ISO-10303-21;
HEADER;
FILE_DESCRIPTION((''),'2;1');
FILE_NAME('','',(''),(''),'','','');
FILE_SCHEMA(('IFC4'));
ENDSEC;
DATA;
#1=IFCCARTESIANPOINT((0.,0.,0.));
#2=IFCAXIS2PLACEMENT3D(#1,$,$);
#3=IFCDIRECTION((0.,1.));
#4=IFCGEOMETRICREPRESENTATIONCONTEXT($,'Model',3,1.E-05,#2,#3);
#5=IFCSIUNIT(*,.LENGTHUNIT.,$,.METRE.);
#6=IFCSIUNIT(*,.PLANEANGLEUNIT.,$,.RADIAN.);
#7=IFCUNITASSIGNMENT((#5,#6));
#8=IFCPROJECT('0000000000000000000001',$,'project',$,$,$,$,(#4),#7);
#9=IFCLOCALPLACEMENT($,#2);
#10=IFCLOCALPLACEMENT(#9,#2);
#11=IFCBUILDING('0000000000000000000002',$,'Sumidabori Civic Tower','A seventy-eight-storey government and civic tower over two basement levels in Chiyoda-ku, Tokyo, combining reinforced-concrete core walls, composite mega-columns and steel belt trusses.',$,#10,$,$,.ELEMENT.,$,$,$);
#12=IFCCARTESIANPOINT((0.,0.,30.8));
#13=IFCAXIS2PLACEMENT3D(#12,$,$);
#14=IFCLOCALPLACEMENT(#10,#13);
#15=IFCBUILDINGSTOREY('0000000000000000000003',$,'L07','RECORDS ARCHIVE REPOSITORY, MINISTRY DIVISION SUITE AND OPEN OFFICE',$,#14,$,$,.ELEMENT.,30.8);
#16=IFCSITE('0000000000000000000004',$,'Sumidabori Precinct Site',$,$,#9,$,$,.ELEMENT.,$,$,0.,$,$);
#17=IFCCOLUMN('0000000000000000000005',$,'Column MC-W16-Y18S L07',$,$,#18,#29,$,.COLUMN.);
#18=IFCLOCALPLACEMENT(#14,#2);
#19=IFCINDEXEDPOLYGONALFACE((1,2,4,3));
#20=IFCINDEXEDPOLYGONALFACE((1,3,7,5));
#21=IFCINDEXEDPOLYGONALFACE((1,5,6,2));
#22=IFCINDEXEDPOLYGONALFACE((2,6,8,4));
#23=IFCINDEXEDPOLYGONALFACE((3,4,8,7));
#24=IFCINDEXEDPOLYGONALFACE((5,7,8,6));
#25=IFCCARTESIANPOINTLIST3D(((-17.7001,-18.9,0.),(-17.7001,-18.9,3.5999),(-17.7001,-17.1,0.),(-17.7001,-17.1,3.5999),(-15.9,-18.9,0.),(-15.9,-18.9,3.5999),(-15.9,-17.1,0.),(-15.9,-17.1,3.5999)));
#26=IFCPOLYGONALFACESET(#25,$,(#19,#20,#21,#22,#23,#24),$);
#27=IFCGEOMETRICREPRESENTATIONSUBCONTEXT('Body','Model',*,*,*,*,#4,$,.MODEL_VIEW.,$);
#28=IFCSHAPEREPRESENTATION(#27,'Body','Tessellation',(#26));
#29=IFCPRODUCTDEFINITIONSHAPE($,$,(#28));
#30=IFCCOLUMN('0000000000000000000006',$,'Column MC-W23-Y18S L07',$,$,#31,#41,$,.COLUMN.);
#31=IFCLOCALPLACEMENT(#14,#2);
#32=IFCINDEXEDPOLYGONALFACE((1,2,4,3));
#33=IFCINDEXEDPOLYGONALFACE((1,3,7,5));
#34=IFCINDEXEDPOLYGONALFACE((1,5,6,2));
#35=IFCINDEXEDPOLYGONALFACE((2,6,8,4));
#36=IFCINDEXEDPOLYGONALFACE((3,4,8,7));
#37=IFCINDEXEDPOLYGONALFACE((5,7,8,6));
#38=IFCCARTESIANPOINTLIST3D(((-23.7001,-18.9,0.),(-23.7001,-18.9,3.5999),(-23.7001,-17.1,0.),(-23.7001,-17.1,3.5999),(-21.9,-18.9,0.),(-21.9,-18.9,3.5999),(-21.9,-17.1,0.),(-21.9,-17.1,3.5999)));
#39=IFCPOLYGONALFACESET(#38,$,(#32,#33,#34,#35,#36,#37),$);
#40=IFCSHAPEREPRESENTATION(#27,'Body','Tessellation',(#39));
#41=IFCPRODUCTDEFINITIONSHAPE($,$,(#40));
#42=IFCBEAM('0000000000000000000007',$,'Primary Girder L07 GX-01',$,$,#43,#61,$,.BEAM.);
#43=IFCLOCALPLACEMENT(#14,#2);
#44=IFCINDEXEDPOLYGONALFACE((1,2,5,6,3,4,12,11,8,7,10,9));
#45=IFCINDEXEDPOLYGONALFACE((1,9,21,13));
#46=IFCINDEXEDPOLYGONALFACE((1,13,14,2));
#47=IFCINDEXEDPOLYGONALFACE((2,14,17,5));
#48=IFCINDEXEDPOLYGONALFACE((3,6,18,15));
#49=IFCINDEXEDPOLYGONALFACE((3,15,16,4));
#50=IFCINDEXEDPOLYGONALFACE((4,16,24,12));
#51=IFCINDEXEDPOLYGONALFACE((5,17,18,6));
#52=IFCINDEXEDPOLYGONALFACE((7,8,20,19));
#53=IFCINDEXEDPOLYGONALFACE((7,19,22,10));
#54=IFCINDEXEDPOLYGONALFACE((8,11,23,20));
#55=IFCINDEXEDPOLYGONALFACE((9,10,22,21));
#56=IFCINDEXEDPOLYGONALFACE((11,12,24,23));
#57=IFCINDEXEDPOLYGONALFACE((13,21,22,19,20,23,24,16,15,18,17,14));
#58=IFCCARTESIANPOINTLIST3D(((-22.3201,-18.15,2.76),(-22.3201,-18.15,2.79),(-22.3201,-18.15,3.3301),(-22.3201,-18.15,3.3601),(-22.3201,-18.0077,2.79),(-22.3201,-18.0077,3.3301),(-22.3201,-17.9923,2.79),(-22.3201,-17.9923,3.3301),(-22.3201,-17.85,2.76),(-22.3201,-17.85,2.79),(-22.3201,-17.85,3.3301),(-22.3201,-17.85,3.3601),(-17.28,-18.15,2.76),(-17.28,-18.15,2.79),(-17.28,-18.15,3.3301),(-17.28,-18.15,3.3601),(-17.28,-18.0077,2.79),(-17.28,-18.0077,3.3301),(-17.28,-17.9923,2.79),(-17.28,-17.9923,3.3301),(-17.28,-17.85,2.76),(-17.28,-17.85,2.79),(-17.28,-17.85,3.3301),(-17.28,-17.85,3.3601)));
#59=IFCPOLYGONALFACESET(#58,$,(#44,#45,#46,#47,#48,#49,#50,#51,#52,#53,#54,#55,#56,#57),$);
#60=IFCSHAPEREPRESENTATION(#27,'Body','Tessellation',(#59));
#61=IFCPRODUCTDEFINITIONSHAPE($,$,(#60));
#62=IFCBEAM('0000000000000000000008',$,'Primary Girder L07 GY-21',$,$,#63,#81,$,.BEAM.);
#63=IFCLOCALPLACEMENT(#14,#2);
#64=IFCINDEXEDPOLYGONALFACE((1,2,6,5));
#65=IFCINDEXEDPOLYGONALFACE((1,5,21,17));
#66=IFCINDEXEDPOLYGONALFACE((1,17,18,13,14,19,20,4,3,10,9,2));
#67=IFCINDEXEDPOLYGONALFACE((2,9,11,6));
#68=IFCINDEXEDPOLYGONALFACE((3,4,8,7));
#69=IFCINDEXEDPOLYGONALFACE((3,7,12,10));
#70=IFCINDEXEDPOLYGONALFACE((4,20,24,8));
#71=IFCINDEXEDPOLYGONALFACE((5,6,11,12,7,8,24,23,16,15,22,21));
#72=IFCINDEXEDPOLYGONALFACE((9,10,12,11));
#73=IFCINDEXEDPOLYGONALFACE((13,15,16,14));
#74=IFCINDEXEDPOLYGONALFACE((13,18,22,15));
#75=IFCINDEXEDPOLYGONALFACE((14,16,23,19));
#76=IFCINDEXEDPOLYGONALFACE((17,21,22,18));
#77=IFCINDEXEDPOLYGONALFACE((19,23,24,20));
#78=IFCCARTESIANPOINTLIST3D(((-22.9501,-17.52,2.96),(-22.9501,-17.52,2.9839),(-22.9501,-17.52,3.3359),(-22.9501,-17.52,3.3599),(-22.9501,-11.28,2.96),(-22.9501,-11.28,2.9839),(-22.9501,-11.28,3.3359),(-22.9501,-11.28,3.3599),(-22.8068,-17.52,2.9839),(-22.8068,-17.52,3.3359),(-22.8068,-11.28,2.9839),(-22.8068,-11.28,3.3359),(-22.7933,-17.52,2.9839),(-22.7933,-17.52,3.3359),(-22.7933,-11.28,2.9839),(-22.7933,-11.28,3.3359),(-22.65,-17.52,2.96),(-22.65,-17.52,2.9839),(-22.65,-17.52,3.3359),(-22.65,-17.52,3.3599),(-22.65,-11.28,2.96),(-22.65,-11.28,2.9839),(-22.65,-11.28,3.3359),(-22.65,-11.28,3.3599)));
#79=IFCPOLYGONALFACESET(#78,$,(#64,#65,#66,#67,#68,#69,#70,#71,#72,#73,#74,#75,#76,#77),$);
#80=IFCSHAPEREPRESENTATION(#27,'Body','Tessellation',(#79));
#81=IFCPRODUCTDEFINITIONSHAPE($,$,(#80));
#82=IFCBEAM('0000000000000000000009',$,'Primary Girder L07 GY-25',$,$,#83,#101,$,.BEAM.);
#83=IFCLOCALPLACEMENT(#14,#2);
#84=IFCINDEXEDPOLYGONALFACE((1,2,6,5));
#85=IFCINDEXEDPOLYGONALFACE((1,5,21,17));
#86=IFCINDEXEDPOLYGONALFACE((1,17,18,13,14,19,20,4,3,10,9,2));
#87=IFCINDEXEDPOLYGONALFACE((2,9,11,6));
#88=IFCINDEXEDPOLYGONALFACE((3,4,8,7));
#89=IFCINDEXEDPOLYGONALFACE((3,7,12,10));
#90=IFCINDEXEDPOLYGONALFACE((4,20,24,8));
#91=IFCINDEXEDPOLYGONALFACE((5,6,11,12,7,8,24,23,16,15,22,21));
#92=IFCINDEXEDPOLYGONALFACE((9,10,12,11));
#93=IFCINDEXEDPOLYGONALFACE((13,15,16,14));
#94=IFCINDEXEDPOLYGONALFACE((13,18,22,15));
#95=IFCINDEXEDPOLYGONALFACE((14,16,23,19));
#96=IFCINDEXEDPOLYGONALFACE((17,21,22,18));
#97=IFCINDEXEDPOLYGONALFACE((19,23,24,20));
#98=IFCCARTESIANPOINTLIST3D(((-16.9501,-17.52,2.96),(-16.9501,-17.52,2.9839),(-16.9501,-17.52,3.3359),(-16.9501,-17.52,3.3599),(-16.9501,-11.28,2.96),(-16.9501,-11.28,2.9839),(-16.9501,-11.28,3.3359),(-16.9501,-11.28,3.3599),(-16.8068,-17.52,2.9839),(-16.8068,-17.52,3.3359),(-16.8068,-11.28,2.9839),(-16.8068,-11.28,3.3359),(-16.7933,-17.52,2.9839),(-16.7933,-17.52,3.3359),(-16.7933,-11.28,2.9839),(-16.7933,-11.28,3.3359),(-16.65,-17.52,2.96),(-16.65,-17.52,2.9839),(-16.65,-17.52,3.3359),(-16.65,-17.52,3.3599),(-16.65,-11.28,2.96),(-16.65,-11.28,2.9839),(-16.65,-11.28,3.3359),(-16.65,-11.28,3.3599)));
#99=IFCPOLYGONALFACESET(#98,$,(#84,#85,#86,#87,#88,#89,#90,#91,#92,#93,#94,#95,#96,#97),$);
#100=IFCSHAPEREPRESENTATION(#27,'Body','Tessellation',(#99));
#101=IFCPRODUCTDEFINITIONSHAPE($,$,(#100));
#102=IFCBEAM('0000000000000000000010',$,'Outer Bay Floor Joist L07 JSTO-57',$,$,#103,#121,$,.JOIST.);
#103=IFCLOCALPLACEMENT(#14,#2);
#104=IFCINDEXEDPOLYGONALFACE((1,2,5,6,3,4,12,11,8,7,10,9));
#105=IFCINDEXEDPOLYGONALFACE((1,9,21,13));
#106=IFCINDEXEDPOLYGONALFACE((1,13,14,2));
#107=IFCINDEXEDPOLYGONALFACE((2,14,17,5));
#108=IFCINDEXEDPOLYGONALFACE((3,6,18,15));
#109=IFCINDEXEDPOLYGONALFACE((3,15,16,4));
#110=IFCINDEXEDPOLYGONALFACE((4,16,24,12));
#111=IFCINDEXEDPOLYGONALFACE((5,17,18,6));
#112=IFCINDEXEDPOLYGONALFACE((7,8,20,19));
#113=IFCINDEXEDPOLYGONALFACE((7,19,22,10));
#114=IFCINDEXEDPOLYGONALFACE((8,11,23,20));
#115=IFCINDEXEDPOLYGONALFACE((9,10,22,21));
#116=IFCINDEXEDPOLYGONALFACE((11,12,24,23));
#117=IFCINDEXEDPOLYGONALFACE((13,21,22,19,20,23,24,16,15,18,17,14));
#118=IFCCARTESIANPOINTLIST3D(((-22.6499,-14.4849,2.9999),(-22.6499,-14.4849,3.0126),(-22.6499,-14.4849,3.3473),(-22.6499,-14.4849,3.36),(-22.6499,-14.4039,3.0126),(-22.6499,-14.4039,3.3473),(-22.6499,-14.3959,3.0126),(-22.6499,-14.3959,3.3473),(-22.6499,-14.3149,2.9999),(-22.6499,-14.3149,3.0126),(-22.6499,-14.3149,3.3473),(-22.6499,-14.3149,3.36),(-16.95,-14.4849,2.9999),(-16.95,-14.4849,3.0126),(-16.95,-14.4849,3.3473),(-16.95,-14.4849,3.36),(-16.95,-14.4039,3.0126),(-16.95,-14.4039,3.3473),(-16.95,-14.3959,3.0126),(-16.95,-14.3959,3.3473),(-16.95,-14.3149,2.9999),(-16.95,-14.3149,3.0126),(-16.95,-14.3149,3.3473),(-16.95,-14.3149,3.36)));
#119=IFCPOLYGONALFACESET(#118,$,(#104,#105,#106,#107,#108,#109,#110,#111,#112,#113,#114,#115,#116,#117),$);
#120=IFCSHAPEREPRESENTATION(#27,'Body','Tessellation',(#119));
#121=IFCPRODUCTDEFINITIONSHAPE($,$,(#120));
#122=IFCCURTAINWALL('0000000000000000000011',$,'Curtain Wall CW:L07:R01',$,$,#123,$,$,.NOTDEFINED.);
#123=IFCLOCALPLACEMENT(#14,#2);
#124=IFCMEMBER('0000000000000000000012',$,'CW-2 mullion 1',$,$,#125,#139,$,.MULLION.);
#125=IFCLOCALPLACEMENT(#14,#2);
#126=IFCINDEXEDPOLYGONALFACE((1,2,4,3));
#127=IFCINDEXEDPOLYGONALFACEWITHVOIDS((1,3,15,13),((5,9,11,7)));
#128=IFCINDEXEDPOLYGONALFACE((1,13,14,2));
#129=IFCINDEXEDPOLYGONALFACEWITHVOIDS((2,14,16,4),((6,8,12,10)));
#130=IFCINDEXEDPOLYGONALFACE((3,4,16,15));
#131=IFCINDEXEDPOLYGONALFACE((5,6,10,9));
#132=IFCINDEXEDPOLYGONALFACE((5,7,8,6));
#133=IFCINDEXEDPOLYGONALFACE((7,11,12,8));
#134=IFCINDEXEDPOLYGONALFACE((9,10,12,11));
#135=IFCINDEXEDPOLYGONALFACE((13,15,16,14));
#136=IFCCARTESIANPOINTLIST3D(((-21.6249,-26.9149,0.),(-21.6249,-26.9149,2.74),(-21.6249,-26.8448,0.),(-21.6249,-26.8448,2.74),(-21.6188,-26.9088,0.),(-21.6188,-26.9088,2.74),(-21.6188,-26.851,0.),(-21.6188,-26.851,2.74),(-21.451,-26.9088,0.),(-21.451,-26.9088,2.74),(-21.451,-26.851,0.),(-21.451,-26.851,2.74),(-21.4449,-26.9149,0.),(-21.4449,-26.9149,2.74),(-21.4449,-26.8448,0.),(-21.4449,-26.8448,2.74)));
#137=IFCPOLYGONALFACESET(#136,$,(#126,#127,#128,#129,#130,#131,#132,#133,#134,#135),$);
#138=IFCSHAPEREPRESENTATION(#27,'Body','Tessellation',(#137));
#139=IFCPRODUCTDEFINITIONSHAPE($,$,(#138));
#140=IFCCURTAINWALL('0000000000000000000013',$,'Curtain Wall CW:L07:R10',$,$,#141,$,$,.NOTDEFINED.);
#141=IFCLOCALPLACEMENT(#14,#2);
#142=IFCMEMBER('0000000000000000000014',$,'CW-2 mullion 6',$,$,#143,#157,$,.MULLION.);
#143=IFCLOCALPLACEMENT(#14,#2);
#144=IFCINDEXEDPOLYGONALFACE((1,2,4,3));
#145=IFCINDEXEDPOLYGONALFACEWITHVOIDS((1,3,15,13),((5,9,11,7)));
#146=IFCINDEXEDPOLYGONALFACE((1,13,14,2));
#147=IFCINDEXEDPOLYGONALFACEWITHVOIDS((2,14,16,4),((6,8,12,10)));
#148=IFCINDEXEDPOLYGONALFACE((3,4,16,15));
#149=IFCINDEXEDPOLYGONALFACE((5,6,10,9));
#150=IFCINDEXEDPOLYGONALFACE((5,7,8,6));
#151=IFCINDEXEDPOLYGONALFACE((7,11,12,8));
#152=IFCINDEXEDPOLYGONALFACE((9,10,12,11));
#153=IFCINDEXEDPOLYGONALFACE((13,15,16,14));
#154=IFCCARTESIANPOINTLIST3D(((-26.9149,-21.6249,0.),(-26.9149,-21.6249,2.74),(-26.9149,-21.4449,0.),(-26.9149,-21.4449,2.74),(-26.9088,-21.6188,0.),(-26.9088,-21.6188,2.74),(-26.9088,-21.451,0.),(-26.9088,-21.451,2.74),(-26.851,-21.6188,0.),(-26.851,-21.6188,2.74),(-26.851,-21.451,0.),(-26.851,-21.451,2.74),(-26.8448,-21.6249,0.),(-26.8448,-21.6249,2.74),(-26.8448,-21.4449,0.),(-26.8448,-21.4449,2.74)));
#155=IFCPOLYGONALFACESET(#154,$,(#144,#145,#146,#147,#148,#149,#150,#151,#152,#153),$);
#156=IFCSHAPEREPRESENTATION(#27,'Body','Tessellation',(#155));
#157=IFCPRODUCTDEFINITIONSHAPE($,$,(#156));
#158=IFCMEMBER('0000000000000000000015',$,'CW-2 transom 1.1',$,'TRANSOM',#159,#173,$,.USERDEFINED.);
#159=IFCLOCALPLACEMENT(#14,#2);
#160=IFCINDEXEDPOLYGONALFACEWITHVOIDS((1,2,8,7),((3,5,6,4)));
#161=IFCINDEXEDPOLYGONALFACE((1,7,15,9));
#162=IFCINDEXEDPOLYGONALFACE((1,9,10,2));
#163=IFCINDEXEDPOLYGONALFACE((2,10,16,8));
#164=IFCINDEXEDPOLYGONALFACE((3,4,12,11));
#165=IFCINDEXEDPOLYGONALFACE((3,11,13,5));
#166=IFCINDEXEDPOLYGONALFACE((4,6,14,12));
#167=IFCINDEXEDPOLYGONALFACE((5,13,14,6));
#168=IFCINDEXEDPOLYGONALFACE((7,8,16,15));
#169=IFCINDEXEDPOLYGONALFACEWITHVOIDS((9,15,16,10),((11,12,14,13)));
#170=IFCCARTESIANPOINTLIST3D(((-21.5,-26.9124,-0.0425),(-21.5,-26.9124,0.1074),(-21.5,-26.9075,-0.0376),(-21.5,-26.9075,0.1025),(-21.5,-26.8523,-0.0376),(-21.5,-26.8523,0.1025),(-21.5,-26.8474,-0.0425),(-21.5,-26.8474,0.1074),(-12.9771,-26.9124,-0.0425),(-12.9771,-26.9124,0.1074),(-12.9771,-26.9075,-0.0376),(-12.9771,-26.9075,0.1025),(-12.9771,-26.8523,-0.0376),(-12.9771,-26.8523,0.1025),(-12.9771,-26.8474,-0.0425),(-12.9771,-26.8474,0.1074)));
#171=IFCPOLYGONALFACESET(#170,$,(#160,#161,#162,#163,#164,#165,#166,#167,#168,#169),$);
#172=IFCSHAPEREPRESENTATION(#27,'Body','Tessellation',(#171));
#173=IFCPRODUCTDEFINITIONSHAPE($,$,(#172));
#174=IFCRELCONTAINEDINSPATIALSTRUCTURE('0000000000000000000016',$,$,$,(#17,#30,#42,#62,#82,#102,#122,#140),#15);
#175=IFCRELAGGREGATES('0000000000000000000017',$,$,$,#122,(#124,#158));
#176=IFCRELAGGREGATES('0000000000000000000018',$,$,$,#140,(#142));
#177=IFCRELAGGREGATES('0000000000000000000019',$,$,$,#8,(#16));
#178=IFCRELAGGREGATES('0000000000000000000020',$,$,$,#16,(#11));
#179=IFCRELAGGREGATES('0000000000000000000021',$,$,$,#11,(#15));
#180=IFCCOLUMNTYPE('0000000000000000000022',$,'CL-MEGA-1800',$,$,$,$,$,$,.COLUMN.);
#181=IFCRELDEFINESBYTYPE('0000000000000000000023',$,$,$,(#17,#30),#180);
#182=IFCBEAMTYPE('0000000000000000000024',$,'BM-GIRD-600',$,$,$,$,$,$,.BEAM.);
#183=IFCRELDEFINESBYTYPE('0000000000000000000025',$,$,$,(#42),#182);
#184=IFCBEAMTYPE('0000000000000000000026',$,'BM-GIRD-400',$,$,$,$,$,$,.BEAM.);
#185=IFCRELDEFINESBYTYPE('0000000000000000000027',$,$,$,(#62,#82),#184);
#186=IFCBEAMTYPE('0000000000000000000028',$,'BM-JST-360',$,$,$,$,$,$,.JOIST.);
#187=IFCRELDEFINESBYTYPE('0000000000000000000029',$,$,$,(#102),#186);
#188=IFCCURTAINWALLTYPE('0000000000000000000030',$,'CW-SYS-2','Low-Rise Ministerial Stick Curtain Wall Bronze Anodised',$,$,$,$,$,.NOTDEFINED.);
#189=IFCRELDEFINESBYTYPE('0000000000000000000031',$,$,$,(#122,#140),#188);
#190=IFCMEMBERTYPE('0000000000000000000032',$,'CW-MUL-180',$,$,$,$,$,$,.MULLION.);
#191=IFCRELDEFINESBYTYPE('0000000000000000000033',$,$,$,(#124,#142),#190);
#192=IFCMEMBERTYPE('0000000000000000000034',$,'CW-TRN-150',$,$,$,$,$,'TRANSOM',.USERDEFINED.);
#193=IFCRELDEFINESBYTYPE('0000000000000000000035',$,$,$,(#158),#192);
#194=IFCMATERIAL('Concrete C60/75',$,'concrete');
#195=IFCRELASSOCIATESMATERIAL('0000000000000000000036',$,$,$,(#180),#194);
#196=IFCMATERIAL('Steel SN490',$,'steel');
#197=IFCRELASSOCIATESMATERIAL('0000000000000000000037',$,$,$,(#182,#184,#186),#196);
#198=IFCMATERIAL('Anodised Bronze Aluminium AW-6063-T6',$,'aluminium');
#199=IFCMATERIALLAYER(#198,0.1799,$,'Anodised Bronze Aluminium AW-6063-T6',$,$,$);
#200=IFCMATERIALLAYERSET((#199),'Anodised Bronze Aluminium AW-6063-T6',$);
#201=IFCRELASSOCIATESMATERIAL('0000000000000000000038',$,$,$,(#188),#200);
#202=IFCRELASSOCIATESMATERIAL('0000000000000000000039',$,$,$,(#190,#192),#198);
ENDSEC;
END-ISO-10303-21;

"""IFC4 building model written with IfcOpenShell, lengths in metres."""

from ifc_helpers import new_model, si_unit, direction, frame, origin, origin_2d, place, context, subcontext, project, spatial, rectangle, hollow_rectangle, i_section, extrude, source, transform, mapped, material, layer, layer_set, material_profile, profile_set, type_object, element, aggregate, save


model = new_model("IFC4")

# Units and contexts
model_context = context("Model", 3, precision=1e-05, world=origin(), true_north=direction((0.0, 1.0)))
body_context = subcontext(model_context, "Body", "Model", "MODEL_VIEW")
ifc_project = project(units=[si_unit("LENGTHUNIT", "METRE"), si_unit("PLANEANGLEUNIT", "RADIAN")], contexts=[model_context])

# Site, building, storey
site_placement = place(None, origin())
site = spatial("IfcSite", under=ifc_project, at=site_placement, Name="Sumidabori Precinct Site", CompositionType="ELEMENT", RefElevation=0.0)
building_placement = place(site_placement, origin())
building = spatial("IfcBuilding", under=site, at=building_placement, Name="Sumidabori Civic Tower", Description="A seventy-eight-storey government and civic tower over two basement levels in Chiyoda-ku, Tokyo, combining reinforced-concrete core walls, composite mega-columns and steel belt trusses.", CompositionType="ELEMENT")
storey_placement = place(building_placement, frame((0.0, 0.0, 30.8)))
storey = spatial("IfcBuildingStorey", under=building, at=storey_placement, Name="L07", Description="RECORDS ARCHIVE REPOSITORY, MINISTRY DIVISION SUITE AND OPEN OFFICE", CompositionType="ELEMENT", Elevation=30.8)

# Columns
ifc_material_1 = material(Name="Concrete C60/75", Category="concrete")
ifc_material_profile_1 = material_profile(ifc_material_1, rectangle(XDim=1.8, YDim=1.8, at=origin_2d()), Name="RC 1800x1800")
ifc_profile_set_1 = profile_set([ifc_material_profile_1], Name="Concrete C60/75")
column_type = type_object("IfcColumnType", Name="CL-MEGA-1800", PredefinedType="COLUMN", material=ifc_profile_set_1)
shared_shape_1 = source(origin(), body_context, "Body", "SweptSolid", [
    extrude(rectangle(XDim=1.8, YDim=1.8, at=origin_2d()), origin(), (0.0, 0.0, 1.0), 3.5999),
])
for number, where, z_axis, x_axis, name in (
    (1, (-16.8, -18.0, 0.0), (0.0, 0.0, 1.0), (1.0, 0.0, 0.0), "Column MC-W16-Y18S L07"),
    (2, (-22.8, -18.0, 0.0), (0.0, 0.0, 1.0), (1.0, 0.0, 0.0), "Column MC-W23-Y18S L07"),
):
    element("IfcColumn", number, at=place(storey_placement, frame(where, z_axis=z_axis, x_axis=x_axis)), inside=storey, type_object=column_type, Name=name, PredefinedType="COLUMN", context=body_context, shape_type="MappedRepresentation", body=[
        mapped(shared_shape_1, transform((0.0, 0.0, 0.0), x_axis=(1.0, 0.0, 0.0), y_axis=(0.0, 1.0, 0.0), z_axis=(0.0, 0.0, 1.0), scale=1.0)),
    ])

# Beams
ifc_material_2 = material(Name="Steel SN490", Category="steel")
ifc_material_profile_2 = material_profile(ifc_material_2, i_section(OverallWidth=0.3, OverallDepth=0.6001, WebThickness=0.0154, FlangeThickness=0.03, at=origin_2d()), Name="HE 600 B")
ifc_profile_set_2 = profile_set([ifc_material_profile_2], Name="Steel SN490")
beam_type_1 = type_object("IfcBeamType", Name="BM-GIRD-600", PredefinedType="BEAM", material=ifc_profile_set_2)
shared_shape_2 = source(origin(), body_context, "Body", "SweptSolid", [
    extrude(i_section(OverallWidth=0.3, OverallDepth=0.6001, WebThickness=0.0154, FlangeThickness=0.03, at=origin_2d()), origin(), (0.0, 0.0, 1.0), 5.04),
])
beam_1_placement = place(storey_placement, frame((-22.3201, -18.0, 3.0601), z_axis=(1.0, 0.0, 0.0), x_axis=(0.0, 1.0, 0.0)))
element("IfcBeam", 3, at=beam_1_placement, inside=storey, type_object=beam_type_1, Name="Primary Girder L07 GX-01", PredefinedType="BEAM", context=body_context, shape_type="MappedRepresentation", body=[
    mapped(shared_shape_2, transform((0.0, 0.0, 0.0), x_axis=(1.0, 0.0, 0.0), y_axis=(0.0, 1.0, 0.0), z_axis=(0.0, 0.0, 1.0), scale=1.0)),
])
ifc_material_profile_3 = material_profile(ifc_material_2, i_section(OverallWidth=0.3, OverallDepth=0.3999, WebThickness=0.0134, FlangeThickness=0.0239, at=origin_2d()), Name="HE 400 B")
ifc_profile_set_3 = profile_set([ifc_material_profile_3], Name="Steel SN490")
beam_type_2 = type_object("IfcBeamType", Name="BM-GIRD-400", PredefinedType="BEAM", material=ifc_profile_set_3)
shared_shape_3 = source(origin(), body_context, "Body", "SweptSolid", [
    extrude(i_section(OverallWidth=0.3, OverallDepth=0.3999, WebThickness=0.0134, FlangeThickness=0.0239, at=origin_2d()), origin(), (0.0, 0.0, 1.0), 6.24),
])
for number, where, z_axis, x_axis, name in (
    (4, (-22.8, -17.52, 3.1599), (0.0, 1.0, 0.0), (-1.0, 0.0, 0.0), "Primary Girder L07 GY-21"),
    (5, (-16.8, -17.52, 3.1599), (0.0, 1.0, 0.0), (-1.0, 0.0, 0.0), "Primary Girder L07 GY-25"),
):
    element("IfcBeam", number, at=place(storey_placement, frame(where, z_axis=z_axis, x_axis=x_axis)), inside=storey, type_object=beam_type_2, Name=name, PredefinedType="BEAM", context=body_context, shape_type="MappedRepresentation", body=[
        mapped(shared_shape_3, transform((0.0, 0.0, 0.0), x_axis=(1.0, 0.0, 0.0), y_axis=(0.0, 1.0, 0.0), z_axis=(0.0, 0.0, 1.0), scale=1.0)),
    ])
ifc_material_profile_4 = material_profile(ifc_material_2, i_section(OverallWidth=0.1699, OverallDepth=0.3601, WebThickness=0.0081, FlangeThickness=0.0127, at=origin_2d()), Name="IPE 360")
ifc_profile_set_4 = profile_set([ifc_material_profile_4], Name="Steel SN490")
beam_type_3 = type_object("IfcBeamType", Name="BM-JST-360", PredefinedType="JOIST", material=ifc_profile_set_4)
shared_shape_4 = source(origin(), body_context, "Body", "SweptSolid", [
    extrude(i_section(OverallWidth=0.1699, OverallDepth=0.3601, WebThickness=0.0081, FlangeThickness=0.0127, at=origin_2d()), origin(), (0.0, 0.0, 1.0), 5.7),
])
beam_2_placement = place(storey_placement, frame((-22.6499, -14.3999, 3.1799), z_axis=(1.0, 0.0, 0.0), x_axis=(0.0, 1.0, 0.0)))
element("IfcBeam", 6, at=beam_2_placement, inside=storey, type_object=beam_type_3, Name="Outer Bay Floor Joist L07 JSTO-57", PredefinedType="JOIST", context=body_context, shape_type="MappedRepresentation", body=[
    mapped(shared_shape_4, transform((0.0, 0.0, 0.0), x_axis=(1.0, 0.0, 0.0), y_axis=(0.0, 1.0, 0.0), z_axis=(0.0, 0.0, 1.0), scale=1.0)),
])

# Curtain walls, members
ifc_material_3 = material(Name="Anodised Bronze Aluminium AW-6063-T6", Category="aluminium")
ifc_layer_1 = layer(ifc_material_3, 0.1799, Name="Anodised Bronze Aluminium AW-6063-T6")
ifc_layer_set_1 = layer_set([ifc_layer_1], Name="Anodised Bronze Aluminium AW-6063-T6")
curtain_wall_type = type_object("IfcCurtainWallType", Name="CW-SYS-2", Description="Low-Rise Ministerial Stick Curtain Wall Bronze Anodised", PredefinedType="NOTDEFINED", material=ifc_layer_set_1)
curtain_wall_1_placement = place(storey_placement, origin())
curtain_wall_1 = element("IfcCurtainWall", 7, at=curtain_wall_1_placement, inside=storey, type_object=curtain_wall_type, Name="Curtain Wall CW:L07:R01", PredefinedType="NOTDEFINED")
ifc_material_profile_5 = material_profile(ifc_material_3, hollow_rectangle(XDim=0.0701, YDim=0.1799, WallThickness=0.0061, at=origin_2d()), Name="ALU MULLION 180x70")
ifc_profile_set_5 = profile_set([ifc_material_profile_5], Name="Anodised Bronze Aluminium AW-6063-T6")
member_type_1 = type_object("IfcMemberType", Name="CW-MUL-180", PredefinedType="MULLION", material=ifc_profile_set_5)
shared_shape_5 = source(origin(), body_context, "Body", "SweptSolid", [
    extrude(hollow_rectangle(XDim=0.0701, YDim=0.1799, WallThickness=0.0061, at=origin_2d()), origin(), (0.0, 0.0, 1.0), 2.74),
])
member_1_placement = place(storey_placement, frame((-21.5349, -26.8799, 0.0), z_axis=(0.0, 0.0, 1.0), x_axis=(0.0, 1.0, 0.0)))
member_1 = element("IfcMember", 8, at=member_1_placement, type_object=member_type_1, Name="CW-2 mullion 1", PredefinedType="MULLION", context=body_context, shape_type="MappedRepresentation", body=[
    mapped(shared_shape_5, transform((0.0, 0.0, 0.0), x_axis=(1.0, 0.0, 0.0), y_axis=(0.0, 1.0, 0.0), z_axis=(0.0, 0.0, 1.0), scale=1.0)),
])
curtain_wall_2_placement = place(storey_placement, origin())
curtain_wall_2 = element("IfcCurtainWall", 9, at=curtain_wall_2_placement, inside=storey, type_object=curtain_wall_type, Name="Curtain Wall CW:L07:R10", PredefinedType="NOTDEFINED")
member_2_placement = place(storey_placement, frame((-26.8799, -21.5349, 0.0), z_axis=(0.0, 0.0, 1.0), x_axis=(1.0, 0.0, 0.0)))
member_2 = element("IfcMember", 10, at=member_2_placement, type_object=member_type_1, Name="CW-2 mullion 6", PredefinedType="MULLION", context=body_context, shape_type="MappedRepresentation", body=[
    mapped(shared_shape_5, transform((0.0, 0.0, 0.0), x_axis=(1.0, 0.0, 0.0), y_axis=(0.0, 1.0, 0.0), z_axis=(0.0, 0.0, 1.0), scale=1.0)),
])

# Member
ifc_material_profile_6 = material_profile(ifc_material_3, hollow_rectangle(XDim=0.0649, YDim=0.1499, WallThickness=0.0049, at=origin_2d()), Name="ALU TRANSOM 150x65")
ifc_profile_set_6 = profile_set([ifc_material_profile_6], Name="Anodised Bronze Aluminium AW-6063-T6")
member_type_2 = type_object("IfcMemberType", Name="CW-TRN-150", ElementType="TRANSOM", PredefinedType="USERDEFINED", material=ifc_profile_set_6)
shared_shape_6 = source(origin(), body_context, "Body", "SweptSolid", [
    extrude(hollow_rectangle(XDim=0.0649, YDim=0.1499, WallThickness=0.0049, at=origin_2d()), origin(), (0.0, 0.0, 1.0), 8.5229),
])
member_3_placement = place(storey_placement, frame((-21.5, -26.8799, 0.0325), z_axis=(1.0, 0.0, 0.0), x_axis=(0.0, 1.0, 0.0)))
member_3 = element("IfcMember", 11, at=member_3_placement, type_object=member_type_2, Name="CW-2 transom 1.1", ObjectType="TRANSOM", PredefinedType="USERDEFINED", context=body_context, shape_type="MappedRepresentation", body=[
    mapped(shared_shape_6, transform((0.0, 0.0, 0.0), x_axis=(1.0, 0.0, 0.0), y_axis=(0.0, 1.0, 0.0), z_axis=(0.0, 0.0, 1.0), scale=1.0)),
])

aggregate(curtain_wall_1, [member_1, member_3])
aggregate(curtain_wall_2, [member_2])

save(model, "model.ifc")
